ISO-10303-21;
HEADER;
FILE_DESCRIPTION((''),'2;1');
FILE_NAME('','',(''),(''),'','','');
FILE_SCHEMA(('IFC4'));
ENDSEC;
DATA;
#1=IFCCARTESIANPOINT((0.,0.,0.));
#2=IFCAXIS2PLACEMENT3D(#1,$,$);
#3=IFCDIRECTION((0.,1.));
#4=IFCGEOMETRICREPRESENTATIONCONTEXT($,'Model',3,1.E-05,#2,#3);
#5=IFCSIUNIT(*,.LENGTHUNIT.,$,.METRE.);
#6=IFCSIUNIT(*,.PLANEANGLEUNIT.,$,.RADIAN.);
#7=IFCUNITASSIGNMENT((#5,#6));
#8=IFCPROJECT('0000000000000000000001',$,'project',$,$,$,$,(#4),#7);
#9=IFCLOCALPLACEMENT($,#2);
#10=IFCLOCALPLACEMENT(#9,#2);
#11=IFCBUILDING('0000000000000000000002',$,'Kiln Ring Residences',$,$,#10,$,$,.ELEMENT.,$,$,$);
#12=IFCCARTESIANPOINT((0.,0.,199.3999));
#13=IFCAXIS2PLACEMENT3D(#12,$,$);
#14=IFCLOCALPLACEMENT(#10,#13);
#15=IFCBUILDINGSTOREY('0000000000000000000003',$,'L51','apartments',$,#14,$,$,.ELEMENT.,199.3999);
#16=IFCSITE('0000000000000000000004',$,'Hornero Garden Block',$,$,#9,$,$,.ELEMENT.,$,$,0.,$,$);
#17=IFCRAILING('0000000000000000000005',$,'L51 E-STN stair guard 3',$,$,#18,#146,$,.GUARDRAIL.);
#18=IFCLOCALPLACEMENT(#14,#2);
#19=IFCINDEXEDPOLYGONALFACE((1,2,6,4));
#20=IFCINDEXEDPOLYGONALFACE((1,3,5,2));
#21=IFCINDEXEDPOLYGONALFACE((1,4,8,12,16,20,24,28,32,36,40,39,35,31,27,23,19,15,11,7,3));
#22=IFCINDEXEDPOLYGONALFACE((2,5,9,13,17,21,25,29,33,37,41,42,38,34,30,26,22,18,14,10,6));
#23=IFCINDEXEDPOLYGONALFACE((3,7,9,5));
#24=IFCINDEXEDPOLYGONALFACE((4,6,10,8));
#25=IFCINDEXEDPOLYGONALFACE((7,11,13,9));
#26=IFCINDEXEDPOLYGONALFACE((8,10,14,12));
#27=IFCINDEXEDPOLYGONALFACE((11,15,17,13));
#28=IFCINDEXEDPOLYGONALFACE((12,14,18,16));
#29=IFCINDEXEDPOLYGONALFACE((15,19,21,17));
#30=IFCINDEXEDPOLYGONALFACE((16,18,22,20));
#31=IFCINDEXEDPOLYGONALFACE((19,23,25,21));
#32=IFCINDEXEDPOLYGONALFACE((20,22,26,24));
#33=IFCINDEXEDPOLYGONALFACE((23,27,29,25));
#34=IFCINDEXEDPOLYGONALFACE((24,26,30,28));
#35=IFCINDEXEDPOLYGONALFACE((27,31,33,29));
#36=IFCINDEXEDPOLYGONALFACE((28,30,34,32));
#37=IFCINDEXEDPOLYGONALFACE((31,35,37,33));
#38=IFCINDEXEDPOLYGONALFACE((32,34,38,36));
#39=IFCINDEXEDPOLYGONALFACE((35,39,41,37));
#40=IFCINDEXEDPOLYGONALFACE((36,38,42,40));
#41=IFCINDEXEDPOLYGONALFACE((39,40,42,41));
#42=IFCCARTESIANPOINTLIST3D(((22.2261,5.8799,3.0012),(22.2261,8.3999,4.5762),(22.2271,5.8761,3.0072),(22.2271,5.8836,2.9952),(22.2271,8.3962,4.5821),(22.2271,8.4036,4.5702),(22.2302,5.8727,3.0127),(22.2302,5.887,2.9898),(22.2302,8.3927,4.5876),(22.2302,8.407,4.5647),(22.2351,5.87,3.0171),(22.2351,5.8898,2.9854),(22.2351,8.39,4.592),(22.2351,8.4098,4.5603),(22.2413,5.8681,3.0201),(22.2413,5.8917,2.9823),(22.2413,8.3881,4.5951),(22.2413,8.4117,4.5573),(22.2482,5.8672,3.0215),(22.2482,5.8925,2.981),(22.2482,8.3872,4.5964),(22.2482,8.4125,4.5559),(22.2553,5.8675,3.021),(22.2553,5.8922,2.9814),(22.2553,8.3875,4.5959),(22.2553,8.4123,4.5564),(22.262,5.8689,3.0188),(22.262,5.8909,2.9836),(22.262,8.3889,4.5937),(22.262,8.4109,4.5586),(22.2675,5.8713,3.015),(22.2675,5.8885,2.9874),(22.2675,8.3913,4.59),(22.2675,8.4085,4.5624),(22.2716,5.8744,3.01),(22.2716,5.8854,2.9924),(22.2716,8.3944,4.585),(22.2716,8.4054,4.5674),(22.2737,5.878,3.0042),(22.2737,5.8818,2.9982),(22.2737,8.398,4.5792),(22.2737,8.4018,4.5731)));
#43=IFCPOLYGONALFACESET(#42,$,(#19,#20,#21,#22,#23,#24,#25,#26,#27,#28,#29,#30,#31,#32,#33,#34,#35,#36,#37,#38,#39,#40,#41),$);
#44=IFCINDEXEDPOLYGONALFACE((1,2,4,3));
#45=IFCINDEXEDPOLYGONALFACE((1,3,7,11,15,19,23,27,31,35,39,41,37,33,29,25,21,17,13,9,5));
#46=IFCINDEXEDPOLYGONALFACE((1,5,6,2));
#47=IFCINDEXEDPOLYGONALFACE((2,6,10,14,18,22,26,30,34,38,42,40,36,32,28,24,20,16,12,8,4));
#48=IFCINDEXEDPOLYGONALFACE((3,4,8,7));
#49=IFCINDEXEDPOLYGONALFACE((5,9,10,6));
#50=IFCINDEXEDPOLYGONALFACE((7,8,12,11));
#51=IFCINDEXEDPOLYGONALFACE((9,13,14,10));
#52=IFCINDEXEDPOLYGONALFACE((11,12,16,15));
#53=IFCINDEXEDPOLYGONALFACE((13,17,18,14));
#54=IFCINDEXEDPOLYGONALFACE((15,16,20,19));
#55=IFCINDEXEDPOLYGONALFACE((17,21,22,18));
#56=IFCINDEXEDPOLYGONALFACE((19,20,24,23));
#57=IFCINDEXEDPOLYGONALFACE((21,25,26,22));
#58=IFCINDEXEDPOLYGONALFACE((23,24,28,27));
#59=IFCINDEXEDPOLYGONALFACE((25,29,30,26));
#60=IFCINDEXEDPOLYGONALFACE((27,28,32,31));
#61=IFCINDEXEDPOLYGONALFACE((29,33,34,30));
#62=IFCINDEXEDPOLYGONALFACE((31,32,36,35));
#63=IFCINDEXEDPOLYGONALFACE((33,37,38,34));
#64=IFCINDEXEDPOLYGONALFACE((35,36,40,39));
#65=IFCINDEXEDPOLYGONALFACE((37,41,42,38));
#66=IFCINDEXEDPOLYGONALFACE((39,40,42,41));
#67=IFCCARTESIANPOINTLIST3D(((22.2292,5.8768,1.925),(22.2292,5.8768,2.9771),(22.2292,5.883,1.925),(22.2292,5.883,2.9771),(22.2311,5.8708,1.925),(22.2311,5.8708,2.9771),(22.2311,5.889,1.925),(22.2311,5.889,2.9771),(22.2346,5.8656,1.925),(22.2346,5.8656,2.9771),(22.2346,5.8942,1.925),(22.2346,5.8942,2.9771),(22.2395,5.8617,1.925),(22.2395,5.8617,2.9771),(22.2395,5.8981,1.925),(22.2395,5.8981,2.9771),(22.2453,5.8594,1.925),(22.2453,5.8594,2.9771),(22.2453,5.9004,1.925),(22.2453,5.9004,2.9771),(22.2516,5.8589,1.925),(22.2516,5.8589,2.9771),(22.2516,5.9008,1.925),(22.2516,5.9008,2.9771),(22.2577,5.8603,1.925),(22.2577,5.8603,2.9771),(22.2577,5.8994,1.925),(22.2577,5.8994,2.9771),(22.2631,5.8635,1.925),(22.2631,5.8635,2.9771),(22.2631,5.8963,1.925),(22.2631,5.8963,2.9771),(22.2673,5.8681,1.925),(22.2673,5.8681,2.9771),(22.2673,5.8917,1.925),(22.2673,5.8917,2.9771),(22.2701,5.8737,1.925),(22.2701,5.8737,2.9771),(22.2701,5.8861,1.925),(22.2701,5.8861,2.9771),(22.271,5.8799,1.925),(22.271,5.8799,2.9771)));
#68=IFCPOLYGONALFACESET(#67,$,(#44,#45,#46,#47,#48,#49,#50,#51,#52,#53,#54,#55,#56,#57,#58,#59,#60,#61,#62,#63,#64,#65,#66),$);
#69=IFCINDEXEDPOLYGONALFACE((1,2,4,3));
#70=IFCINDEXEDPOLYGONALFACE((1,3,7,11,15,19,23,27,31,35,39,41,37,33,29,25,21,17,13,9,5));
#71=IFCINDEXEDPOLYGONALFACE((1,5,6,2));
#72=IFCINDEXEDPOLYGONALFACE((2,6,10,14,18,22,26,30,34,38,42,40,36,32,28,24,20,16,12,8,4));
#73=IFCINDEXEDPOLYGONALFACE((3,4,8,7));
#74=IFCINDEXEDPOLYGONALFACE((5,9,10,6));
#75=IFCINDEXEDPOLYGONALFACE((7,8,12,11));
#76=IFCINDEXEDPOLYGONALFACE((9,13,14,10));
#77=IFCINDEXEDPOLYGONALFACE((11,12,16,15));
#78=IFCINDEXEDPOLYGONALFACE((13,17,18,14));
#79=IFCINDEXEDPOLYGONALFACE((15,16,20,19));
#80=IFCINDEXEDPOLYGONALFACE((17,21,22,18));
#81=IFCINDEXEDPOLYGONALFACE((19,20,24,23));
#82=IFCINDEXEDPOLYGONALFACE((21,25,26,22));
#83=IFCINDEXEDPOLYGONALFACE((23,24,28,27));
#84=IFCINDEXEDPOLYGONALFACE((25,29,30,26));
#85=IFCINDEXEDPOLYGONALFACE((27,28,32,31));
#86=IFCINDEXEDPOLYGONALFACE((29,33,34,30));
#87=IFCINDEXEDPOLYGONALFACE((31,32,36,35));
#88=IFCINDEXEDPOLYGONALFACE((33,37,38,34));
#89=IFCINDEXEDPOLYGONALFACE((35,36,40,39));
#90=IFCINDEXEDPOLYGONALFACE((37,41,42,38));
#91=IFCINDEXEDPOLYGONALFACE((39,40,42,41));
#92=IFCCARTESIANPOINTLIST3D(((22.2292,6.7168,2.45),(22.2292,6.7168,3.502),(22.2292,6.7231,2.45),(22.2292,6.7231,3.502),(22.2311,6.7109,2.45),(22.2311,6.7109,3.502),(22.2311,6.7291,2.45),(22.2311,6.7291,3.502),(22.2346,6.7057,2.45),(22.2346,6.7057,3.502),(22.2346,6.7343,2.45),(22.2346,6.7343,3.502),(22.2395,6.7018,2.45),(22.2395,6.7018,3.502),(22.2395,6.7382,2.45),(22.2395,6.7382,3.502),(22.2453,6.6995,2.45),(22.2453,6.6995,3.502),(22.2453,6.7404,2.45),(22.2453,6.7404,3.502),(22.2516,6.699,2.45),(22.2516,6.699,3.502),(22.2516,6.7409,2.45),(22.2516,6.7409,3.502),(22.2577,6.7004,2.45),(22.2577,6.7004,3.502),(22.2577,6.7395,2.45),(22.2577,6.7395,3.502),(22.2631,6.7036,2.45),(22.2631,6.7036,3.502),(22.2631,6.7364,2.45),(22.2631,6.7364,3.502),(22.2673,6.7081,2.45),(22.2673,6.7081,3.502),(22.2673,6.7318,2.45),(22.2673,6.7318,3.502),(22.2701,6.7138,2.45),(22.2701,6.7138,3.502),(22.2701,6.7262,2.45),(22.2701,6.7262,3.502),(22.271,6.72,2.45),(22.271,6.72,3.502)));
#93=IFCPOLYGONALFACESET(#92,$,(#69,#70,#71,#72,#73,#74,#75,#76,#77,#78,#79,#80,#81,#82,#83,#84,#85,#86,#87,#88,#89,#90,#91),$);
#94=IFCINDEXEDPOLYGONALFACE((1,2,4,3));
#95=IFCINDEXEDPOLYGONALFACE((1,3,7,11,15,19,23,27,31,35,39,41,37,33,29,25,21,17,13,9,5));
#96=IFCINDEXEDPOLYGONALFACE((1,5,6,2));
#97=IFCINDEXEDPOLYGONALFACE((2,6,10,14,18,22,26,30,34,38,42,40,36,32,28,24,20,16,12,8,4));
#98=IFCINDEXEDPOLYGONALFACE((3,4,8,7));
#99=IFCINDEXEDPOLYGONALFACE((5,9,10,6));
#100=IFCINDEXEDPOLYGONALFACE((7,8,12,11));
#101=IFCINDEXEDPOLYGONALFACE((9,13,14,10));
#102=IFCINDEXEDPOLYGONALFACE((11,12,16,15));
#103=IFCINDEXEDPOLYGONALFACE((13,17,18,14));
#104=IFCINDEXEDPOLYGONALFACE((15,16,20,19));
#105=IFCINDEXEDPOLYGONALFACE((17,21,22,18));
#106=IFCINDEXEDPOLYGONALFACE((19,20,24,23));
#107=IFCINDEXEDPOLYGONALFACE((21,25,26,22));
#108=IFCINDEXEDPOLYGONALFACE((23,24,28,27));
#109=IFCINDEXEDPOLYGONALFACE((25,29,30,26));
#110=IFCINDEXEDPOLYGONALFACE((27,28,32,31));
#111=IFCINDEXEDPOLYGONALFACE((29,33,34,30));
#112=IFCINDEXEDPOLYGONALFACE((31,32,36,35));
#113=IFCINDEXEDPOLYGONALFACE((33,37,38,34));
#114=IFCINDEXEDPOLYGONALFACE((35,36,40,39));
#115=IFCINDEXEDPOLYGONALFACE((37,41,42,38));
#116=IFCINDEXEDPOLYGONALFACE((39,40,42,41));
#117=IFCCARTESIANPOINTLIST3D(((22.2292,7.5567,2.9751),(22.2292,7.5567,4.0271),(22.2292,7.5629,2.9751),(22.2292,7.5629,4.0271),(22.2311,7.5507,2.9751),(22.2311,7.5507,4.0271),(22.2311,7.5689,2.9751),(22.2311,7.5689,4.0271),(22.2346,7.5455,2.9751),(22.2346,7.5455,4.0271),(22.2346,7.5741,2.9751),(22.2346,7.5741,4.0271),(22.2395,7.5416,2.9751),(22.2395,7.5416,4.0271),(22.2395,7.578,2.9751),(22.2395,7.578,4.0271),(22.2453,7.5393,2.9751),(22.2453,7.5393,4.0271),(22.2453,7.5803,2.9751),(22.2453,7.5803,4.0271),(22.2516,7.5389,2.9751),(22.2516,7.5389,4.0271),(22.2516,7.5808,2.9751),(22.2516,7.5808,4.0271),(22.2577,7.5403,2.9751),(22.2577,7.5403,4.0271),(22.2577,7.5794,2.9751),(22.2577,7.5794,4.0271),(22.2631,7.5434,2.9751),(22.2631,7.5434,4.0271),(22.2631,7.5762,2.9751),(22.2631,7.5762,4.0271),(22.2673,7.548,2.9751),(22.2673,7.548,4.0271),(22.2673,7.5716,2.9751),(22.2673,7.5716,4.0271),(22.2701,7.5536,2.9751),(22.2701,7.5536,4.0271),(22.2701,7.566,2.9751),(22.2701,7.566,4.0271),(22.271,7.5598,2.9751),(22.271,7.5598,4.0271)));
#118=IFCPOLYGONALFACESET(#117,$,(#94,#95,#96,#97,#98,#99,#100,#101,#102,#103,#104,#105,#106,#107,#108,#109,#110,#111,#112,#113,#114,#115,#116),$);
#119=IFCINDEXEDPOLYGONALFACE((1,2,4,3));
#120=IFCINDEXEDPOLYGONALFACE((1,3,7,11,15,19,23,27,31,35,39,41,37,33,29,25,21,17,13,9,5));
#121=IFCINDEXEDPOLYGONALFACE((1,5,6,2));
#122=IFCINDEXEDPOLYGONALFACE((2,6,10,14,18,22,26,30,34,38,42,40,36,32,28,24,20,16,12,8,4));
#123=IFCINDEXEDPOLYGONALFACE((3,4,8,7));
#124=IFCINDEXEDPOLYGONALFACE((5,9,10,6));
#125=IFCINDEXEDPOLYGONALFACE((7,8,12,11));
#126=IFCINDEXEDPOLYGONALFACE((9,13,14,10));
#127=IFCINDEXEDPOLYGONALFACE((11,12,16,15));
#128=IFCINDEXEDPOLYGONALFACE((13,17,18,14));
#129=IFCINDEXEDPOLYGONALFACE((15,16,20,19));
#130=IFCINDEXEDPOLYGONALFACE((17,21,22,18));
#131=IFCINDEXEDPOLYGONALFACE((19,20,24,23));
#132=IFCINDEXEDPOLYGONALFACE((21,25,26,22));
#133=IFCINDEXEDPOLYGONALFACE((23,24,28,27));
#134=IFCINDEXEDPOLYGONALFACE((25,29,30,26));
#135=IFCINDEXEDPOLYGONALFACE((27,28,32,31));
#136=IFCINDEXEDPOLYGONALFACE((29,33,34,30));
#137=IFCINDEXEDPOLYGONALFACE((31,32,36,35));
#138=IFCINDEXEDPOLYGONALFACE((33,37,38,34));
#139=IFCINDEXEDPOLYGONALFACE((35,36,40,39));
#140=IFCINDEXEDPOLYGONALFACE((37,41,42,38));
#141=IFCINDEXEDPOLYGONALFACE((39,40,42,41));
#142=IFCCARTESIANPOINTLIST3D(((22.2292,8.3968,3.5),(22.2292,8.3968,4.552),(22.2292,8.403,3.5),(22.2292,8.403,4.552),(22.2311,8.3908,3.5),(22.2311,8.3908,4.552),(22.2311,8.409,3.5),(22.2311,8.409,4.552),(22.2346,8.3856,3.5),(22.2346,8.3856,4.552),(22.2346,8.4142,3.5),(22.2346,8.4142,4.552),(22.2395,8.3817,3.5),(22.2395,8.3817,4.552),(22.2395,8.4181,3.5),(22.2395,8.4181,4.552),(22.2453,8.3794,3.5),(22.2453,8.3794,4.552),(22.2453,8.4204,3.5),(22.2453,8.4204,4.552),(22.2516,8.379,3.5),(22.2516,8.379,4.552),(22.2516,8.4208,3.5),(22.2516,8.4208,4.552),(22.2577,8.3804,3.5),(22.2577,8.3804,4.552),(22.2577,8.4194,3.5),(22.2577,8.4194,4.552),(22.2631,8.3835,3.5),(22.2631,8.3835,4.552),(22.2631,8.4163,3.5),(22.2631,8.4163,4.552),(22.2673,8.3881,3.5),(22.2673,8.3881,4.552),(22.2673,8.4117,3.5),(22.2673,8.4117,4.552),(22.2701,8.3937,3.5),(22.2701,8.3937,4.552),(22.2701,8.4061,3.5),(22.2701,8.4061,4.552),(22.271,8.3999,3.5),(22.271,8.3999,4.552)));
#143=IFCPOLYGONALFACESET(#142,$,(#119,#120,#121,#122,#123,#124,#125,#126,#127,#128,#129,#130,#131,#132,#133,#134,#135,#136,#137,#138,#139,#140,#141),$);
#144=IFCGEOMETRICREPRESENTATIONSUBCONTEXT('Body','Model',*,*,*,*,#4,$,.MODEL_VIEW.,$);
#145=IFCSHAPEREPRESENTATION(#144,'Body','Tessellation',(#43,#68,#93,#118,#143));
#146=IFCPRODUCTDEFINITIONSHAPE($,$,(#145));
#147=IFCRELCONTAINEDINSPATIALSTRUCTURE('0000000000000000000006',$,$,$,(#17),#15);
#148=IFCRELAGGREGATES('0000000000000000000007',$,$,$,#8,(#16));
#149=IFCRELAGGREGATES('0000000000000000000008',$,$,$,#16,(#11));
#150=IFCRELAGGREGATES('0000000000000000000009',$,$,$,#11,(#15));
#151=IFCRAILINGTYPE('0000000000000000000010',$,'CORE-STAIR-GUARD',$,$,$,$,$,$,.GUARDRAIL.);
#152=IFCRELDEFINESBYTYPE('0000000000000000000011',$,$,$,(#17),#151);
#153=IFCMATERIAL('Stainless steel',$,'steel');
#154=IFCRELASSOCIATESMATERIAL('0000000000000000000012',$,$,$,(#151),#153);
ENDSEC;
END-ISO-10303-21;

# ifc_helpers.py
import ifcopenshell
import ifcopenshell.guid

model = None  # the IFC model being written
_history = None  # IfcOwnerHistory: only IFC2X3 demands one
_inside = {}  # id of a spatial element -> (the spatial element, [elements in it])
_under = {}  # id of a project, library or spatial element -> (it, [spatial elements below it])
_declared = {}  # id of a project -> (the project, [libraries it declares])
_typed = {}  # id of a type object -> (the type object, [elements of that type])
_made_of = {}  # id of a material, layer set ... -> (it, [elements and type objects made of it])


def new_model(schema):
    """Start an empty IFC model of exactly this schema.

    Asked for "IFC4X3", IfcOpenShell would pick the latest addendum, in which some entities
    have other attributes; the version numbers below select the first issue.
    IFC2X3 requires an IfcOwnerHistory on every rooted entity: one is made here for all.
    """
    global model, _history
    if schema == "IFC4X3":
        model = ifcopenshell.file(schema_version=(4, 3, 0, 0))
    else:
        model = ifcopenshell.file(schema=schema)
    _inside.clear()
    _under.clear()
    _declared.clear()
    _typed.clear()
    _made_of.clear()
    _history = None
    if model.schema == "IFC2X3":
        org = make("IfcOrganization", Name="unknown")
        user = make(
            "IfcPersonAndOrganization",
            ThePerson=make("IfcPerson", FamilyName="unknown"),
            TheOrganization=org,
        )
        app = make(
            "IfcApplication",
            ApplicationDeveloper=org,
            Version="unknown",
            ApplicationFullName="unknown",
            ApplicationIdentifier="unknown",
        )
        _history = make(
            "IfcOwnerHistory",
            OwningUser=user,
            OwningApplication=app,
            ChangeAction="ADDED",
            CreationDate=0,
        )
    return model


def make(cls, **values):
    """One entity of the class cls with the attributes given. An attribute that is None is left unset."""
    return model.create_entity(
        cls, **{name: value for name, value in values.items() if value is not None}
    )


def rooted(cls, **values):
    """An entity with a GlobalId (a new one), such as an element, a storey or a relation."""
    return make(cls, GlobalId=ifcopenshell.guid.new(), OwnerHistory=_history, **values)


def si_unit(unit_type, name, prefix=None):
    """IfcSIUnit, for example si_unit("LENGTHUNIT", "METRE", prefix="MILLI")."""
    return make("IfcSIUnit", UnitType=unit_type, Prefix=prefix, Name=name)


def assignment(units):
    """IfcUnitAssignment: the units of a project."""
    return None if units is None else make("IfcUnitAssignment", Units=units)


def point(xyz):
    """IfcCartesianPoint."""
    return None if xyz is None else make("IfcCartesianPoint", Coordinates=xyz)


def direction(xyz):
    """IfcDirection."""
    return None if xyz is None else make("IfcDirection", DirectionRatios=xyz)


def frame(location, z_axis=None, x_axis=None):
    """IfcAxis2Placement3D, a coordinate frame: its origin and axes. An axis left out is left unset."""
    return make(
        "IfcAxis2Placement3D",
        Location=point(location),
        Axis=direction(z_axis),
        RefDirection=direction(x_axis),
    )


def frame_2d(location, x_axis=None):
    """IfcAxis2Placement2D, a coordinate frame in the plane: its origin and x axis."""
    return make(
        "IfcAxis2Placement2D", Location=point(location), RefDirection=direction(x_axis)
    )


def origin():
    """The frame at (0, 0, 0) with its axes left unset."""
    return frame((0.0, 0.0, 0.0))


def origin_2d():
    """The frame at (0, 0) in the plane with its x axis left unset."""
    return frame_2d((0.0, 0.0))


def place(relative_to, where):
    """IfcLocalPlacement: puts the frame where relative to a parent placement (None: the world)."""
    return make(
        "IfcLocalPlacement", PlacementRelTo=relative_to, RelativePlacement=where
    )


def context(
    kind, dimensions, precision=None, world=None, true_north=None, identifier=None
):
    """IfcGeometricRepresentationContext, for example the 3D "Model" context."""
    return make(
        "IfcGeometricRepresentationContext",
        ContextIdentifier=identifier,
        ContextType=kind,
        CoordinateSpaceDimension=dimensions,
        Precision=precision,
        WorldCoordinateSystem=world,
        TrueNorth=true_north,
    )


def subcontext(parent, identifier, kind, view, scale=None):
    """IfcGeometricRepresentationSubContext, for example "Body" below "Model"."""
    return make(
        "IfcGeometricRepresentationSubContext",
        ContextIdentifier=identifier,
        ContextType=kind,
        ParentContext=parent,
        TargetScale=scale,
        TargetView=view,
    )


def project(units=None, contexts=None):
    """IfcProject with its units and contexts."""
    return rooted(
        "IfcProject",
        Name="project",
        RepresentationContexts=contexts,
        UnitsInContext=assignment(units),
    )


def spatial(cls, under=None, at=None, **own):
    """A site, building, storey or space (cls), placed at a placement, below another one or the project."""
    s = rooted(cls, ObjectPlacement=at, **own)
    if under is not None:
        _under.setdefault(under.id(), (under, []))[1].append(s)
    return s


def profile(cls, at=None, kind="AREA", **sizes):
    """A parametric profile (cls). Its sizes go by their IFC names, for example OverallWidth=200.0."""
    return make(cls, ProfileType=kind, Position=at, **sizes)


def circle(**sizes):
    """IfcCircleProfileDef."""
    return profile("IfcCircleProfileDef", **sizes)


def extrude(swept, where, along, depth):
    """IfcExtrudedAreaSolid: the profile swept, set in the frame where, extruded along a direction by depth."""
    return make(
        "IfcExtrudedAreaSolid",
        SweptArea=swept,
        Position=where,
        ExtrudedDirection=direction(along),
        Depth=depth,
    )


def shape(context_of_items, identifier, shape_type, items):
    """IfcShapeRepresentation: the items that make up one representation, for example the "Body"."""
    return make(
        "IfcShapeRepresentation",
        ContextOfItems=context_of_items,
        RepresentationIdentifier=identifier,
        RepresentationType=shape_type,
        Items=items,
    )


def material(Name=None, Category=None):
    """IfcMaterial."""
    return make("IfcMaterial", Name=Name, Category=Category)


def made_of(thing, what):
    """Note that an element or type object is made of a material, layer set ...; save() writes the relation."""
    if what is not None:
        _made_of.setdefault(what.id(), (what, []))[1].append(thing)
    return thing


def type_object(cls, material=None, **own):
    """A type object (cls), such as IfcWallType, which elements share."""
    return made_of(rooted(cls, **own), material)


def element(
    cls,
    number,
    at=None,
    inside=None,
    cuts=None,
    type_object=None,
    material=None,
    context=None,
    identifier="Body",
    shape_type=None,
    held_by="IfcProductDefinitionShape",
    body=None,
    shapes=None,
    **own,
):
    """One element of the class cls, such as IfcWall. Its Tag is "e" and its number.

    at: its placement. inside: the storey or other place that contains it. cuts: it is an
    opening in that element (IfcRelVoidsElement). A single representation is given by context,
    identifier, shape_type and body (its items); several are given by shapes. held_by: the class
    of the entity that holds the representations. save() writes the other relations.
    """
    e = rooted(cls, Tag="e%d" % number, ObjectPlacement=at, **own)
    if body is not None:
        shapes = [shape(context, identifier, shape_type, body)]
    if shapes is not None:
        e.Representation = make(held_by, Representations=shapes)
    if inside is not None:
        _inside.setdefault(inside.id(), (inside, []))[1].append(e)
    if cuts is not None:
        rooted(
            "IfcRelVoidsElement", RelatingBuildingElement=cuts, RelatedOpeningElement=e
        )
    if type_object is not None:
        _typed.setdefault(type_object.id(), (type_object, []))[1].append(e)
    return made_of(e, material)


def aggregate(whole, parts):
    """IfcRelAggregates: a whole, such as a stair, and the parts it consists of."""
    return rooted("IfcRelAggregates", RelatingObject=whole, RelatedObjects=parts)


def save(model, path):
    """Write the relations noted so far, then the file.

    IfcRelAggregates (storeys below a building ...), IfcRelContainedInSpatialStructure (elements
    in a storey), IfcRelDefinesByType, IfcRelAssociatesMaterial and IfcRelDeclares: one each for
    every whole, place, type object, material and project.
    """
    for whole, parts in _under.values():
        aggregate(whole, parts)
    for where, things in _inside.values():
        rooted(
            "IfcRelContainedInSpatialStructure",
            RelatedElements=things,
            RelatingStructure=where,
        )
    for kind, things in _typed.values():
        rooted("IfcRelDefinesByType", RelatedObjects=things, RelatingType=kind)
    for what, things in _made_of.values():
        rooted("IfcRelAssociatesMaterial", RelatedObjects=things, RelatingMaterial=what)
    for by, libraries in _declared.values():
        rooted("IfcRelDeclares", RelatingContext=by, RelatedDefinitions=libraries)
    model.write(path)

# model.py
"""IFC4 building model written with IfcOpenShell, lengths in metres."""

from ifc_helpers import new_model, si_unit, direction, frame, origin, origin_2d, place, context, subcontext, project, spatial, circle, extrude, material, type_object, element, save


model = new_model("IFC4")

# Units and contexts
model_context = context("Model", 3, precision=1e-05, world=origin(), true_north=direction((0.0, 1.0)))
body_context = subcontext(model_context, "Body", "Model", "MODEL_VIEW")
ifc_project = project(units=[si_unit("LENGTHUNIT", "METRE"), si_unit("PLANEANGLEUNIT", "RADIAN")], contexts=[model_context])

# Site, building, storey
site_placement = place(None, origin())
site = spatial("IfcSite", under=ifc_project, at=site_placement, Name="Hornero Garden Block", CompositionType="ELEMENT", RefElevation=0.0)
building_placement = place(site_placement, origin())
building = spatial("IfcBuilding", under=site, at=building_placement, Name="Kiln Ring Residences", CompositionType="ELEMENT")
storey_placement = place(building_placement, frame((0.0, 0.0, 199.3999)))
storey = spatial("IfcBuildingStorey", under=building, at=storey_placement, Name="L51", Description="apartments", CompositionType="ELEMENT", Elevation=199.3999)

# Railing
ifc_material_1 = material(Name="Stainless steel", Category="steel")
railing_type_1 = type_object("IfcRailingType", Name="CORE-STAIR-GUARD", PredefinedType="GUARDRAIL", material=ifc_material_1)
railing_1_placement = place(storey_placement, frame((22.25, 5.8799, 1.925)))
element("IfcRailing", 1, at=railing_1_placement, inside=storey, type_object=railing_type_1, Name="L51 E-STN stair guard 3", PredefinedType="GUARDRAIL", context=body_context, shape_type="SweptSolid", body=[
    extrude(circle(Radius=0.0239, at=origin_2d()), frame((0.0, 0.0, 1.0762), z_axis=(0.0, 0.848008, 0.529984), x_axis=(-1.0, 0.0, 0.0)), (0.0, 0.0, 1.0), 2.9717),
    extrude(circle(Radius=0.021, at=origin_2d()), origin(), (0.0, 0.0, 1.0), 1.052),
    extrude(circle(Radius=0.021, at=origin_2d()), frame((0.0, 0.8401, 0.5249)), (0.0, 0.0, 1.0), 1.052),
    extrude(circle(Radius=0.021, at=origin_2d()), frame((0.0, 1.6799, 1.05)), (0.0, 0.0, 1.0), 1.052),
    extrude(circle(Radius=0.021, at=origin_2d()), frame((0.0, 2.52, 1.575)), (0.0, 0.0, 1.0), 1.052),
])

save(model, "model.ifc")
